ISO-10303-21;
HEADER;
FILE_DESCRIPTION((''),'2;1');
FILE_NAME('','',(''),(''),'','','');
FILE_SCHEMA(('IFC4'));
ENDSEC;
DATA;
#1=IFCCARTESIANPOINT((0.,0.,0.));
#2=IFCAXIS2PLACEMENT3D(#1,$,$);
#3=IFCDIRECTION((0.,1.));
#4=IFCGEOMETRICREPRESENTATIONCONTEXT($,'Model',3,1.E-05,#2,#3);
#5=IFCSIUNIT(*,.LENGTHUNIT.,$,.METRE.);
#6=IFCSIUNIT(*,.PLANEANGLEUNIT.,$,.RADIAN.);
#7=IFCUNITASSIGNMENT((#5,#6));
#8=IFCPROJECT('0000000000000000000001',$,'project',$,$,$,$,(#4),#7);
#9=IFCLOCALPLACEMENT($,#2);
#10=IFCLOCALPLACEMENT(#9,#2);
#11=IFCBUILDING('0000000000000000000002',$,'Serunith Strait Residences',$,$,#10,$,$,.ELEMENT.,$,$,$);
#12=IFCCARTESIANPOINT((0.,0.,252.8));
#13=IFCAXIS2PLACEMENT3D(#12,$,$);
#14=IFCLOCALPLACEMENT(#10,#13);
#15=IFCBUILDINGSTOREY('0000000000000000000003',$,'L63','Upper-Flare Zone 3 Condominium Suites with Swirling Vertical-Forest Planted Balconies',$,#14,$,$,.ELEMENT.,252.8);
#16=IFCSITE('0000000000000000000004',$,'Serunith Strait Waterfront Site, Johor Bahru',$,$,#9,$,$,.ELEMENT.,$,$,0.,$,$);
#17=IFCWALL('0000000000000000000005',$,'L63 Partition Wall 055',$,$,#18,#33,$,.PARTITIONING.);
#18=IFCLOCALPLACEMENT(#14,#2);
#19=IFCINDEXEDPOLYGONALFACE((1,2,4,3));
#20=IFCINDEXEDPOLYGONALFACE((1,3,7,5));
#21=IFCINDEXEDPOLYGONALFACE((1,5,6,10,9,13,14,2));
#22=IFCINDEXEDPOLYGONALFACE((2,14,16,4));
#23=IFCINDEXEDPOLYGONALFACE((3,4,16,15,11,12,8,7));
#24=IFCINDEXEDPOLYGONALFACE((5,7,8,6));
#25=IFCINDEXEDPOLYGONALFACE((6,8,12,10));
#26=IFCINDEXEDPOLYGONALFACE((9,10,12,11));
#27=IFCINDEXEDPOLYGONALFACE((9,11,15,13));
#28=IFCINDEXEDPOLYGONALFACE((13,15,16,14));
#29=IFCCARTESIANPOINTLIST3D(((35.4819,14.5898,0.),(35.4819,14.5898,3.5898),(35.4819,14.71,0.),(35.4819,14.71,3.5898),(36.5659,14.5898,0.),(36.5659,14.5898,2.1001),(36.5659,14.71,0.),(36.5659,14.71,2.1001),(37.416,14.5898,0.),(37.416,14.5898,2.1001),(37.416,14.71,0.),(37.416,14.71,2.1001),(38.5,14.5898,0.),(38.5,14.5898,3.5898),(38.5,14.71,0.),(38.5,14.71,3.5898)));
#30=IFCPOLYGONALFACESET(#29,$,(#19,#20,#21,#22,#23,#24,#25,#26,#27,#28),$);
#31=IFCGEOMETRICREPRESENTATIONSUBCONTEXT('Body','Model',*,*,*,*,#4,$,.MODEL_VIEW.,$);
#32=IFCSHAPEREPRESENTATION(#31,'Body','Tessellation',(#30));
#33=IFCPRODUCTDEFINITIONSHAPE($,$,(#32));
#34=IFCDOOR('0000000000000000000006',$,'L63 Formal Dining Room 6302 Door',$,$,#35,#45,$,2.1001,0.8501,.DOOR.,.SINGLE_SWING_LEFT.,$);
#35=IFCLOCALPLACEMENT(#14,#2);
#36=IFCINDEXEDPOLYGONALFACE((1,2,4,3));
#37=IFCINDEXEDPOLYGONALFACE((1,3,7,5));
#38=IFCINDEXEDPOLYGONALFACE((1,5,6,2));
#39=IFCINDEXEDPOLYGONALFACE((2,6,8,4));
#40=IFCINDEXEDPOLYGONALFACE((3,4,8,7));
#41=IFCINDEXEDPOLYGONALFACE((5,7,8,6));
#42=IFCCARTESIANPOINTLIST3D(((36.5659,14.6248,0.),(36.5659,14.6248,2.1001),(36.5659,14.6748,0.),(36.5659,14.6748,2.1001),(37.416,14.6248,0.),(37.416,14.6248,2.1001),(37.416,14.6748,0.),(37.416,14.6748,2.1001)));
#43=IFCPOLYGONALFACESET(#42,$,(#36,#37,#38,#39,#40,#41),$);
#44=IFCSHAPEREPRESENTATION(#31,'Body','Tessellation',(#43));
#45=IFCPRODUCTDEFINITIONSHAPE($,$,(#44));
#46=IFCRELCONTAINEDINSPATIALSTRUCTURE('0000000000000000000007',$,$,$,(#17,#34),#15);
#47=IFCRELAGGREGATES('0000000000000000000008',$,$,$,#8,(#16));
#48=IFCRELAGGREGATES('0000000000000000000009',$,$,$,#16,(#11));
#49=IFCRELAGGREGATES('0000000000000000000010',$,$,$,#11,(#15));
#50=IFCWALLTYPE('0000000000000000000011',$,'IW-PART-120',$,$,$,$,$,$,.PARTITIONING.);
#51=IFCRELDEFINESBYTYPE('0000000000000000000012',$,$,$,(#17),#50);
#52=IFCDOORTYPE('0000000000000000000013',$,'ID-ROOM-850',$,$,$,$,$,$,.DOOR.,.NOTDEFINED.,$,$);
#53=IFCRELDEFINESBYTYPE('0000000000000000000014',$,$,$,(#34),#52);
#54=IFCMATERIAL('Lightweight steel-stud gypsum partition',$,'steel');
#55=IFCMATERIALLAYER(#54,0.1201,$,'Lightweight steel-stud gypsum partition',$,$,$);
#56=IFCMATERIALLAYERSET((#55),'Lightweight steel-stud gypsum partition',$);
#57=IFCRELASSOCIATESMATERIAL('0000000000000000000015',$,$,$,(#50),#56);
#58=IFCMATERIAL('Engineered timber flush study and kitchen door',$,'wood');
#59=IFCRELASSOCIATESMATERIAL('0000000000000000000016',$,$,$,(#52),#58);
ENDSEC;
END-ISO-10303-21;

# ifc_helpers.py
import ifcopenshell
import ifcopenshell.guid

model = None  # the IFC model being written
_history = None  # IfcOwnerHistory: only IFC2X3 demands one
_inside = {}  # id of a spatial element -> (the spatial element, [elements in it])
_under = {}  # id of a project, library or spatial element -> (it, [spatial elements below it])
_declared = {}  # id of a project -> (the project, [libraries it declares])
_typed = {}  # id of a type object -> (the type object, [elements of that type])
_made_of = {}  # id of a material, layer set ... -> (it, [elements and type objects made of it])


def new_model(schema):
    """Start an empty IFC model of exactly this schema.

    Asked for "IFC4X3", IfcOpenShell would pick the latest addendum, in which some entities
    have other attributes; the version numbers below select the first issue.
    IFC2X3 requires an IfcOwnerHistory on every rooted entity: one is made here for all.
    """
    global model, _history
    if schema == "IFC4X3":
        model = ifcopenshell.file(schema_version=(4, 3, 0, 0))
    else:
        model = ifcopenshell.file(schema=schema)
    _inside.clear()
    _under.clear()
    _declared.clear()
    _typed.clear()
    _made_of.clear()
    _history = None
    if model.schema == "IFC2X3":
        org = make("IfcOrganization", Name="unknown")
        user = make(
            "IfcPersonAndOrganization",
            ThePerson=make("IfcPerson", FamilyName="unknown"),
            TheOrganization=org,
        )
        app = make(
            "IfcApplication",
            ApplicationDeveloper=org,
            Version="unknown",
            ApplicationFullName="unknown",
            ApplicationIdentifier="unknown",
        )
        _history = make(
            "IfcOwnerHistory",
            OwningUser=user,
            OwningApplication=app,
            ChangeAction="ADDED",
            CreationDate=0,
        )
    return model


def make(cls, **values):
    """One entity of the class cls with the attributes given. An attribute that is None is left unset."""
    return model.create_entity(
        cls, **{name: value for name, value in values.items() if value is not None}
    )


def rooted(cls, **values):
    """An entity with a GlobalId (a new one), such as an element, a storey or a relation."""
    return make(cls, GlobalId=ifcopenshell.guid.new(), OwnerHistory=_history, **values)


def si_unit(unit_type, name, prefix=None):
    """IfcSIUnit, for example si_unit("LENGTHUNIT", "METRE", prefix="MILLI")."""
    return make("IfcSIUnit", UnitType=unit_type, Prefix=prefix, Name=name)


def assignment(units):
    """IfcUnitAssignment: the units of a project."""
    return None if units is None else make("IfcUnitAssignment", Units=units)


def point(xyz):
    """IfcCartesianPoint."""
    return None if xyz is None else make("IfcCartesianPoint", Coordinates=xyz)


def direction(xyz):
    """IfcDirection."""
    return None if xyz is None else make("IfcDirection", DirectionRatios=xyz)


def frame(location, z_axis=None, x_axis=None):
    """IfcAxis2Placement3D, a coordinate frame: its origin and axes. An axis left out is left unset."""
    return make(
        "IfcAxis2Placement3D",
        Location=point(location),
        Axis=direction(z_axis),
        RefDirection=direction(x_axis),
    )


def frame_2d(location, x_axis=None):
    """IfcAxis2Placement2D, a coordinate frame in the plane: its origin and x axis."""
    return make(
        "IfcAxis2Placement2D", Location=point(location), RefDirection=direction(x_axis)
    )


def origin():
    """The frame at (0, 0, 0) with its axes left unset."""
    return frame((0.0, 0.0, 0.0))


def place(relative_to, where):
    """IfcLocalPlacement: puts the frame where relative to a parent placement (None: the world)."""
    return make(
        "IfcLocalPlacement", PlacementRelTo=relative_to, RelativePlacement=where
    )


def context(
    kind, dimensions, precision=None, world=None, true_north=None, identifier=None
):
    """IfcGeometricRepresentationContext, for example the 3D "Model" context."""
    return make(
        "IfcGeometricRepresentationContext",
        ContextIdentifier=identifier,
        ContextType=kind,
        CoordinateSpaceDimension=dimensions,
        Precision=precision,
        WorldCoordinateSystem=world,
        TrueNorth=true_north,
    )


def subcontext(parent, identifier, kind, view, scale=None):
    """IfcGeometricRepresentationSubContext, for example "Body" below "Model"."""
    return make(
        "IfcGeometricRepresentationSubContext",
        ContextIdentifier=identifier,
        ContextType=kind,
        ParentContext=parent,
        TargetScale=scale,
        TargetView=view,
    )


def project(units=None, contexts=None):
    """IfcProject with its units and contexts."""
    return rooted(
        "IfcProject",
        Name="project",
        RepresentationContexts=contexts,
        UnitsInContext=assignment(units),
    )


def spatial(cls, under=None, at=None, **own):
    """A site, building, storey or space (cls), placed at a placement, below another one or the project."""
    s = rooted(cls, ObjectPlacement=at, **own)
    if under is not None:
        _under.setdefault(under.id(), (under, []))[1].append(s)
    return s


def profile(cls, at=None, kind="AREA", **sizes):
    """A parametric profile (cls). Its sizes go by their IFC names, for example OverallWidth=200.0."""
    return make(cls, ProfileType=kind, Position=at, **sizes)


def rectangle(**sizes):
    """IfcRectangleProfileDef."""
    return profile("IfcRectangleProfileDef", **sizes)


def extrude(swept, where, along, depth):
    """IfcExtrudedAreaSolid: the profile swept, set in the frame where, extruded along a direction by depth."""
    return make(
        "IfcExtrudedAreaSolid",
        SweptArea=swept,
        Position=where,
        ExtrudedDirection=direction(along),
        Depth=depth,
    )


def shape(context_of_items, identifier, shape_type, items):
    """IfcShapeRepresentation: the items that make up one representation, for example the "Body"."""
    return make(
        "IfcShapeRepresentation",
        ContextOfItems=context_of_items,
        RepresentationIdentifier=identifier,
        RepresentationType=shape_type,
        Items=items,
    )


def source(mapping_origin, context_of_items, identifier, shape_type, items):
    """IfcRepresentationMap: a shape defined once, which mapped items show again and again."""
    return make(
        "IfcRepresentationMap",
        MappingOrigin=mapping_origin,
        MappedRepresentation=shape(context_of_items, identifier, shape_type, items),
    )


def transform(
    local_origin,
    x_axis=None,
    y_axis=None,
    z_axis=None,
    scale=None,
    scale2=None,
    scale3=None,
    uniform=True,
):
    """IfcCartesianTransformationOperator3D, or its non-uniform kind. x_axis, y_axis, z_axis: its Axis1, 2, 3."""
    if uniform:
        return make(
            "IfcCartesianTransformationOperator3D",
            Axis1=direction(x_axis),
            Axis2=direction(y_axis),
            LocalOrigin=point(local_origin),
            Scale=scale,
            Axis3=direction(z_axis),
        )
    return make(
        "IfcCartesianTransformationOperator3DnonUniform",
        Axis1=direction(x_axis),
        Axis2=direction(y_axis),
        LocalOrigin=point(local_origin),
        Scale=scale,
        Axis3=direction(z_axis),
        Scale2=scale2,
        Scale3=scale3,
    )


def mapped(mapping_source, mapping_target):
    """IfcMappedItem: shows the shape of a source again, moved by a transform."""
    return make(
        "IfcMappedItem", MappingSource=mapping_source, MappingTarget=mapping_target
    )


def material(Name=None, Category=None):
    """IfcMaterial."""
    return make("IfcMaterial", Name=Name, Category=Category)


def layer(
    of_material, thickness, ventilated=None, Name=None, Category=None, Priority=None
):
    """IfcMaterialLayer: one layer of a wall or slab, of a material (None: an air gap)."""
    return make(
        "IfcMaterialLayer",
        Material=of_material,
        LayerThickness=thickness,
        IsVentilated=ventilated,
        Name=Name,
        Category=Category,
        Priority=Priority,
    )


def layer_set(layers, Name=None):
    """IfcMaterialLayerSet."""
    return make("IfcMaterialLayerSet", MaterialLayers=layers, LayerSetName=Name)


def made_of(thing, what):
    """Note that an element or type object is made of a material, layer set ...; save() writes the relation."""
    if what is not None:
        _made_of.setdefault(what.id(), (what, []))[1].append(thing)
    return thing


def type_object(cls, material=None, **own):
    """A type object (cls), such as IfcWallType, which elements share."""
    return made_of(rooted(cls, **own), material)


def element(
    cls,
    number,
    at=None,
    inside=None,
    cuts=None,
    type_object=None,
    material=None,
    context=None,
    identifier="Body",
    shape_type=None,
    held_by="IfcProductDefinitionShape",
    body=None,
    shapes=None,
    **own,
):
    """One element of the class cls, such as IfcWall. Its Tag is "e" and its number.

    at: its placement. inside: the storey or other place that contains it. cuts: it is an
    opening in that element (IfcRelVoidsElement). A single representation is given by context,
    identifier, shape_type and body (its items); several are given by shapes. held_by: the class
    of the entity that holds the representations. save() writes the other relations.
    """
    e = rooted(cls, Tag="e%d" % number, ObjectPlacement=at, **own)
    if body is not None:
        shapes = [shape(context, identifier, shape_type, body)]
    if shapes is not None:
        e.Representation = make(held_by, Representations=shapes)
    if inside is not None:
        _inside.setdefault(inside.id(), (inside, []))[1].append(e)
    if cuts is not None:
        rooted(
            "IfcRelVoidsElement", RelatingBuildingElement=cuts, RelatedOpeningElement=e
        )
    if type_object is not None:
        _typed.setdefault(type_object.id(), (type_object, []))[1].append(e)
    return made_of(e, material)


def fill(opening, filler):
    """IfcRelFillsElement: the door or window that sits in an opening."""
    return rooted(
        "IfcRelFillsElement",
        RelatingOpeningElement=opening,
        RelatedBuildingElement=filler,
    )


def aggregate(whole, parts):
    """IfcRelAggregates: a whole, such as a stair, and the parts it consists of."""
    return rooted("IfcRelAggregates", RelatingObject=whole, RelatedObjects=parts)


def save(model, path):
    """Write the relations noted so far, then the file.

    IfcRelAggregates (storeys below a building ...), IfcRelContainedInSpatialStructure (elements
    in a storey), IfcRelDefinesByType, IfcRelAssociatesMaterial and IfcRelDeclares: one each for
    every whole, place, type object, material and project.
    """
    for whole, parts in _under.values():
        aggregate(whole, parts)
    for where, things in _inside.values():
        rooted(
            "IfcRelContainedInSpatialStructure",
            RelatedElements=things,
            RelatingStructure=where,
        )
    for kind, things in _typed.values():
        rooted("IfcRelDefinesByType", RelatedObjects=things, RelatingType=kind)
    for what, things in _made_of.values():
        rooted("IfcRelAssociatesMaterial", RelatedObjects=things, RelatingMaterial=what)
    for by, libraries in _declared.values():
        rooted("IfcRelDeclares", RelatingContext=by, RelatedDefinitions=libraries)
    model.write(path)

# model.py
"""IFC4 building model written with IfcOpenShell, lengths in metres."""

from ifc_helpers import new_model, si_unit, direction, frame, frame_2d, origin, place, context, subcontext, project, spatial, rectangle, extrude, source, transform, mapped, material, layer, layer_set, type_object, element, fill, save


model = new_model("IFC4")

# Units and contexts
model_context = context("Model", 3, precision=1e-05, world=origin(), true_north=direction((0.0, 1.0)))
body_context = subcontext(model_context, "Body", "Model", "MODEL_VIEW")
ifc_project = project(units=[si_unit("LENGTHUNIT", "METRE"), si_unit("PLANEANGLEUNIT", "RADIAN")], contexts=[model_context])

# Site, building, storey
site_placement = place(None, origin())
site = spatial("IfcSite", under=ifc_project, at=site_placement, Name="Serunith Strait Waterfront Site, Johor Bahru", CompositionType="ELEMENT", RefElevation=0.0)
building_placement = place(site_placement, origin())
building = spatial("IfcBuilding", under=site, at=building_placement, Name="Serunith Strait Residences", CompositionType="ELEMENT")
storey_placement = place(building_placement, frame((0.0, 0.0, 252.8)))
storey = spatial("IfcBuildingStorey", under=building, at=storey_placement, Name="L63", Description="Upper-Flare Zone 3 Condominium Suites with Swirling Vertical-Forest Planted Balconies", CompositionType="ELEMENT", Elevation=252.8)

# Shared definitions
ifc_material_1 = material(Name="Lightweight steel-stud gypsum partition", Category="steel")
ifc_layer_1 = layer(ifc_material_1, 0.1201, Name="Lightweight steel-stud gypsum partition")
ifc_layer_set_1 = layer_set([ifc_layer_1], Name="Lightweight steel-stud gypsum partition")
wall_type = type_object("IfcWallType", Name="IW-PART-120", PredefinedType="PARTITIONING", material=ifc_layer_set_1)
ifc_material_2 = material(Name="Engineered timber flush study and kitchen door", Category="wood")
door_type_1 = type_object("IfcDoorType", Name="ID-ROOM-850", OperationType="NOTDEFINED", PredefinedType="DOOR", material=ifc_material_2)
shared_shape_1 = source(origin(), body_context, "Body", "SweptSolid", [
    extrude(rectangle(XDim=0.8501, YDim=2.1001, at=frame_2d((0.425, 1.05))), frame((0.0, 0.0249, 0.0), z_axis=(0.0, -1.0, 0.0), x_axis=(1.0, 0.0, 0.0)), (0.0, 0.0, 1.0), 0.05),
])

# Wall, opening, door
wall_1_placement = place(storey_placement, frame((35.4819, 14.6499, 0.0), z_axis=(0.0, 0.0, 1.0), x_axis=(1.0, 0.0, 0.0)))
wall_1 = element("IfcWall", 1, at=wall_1_placement, inside=storey, type_object=wall_type, Name="L63 Partition Wall 055", PredefinedType="PARTITIONING", context=body_context, shape_type="SweptSolid", body=[
    extrude(rectangle(XDim=3.0181, YDim=0.1201, at=frame_2d((1.509, 0.0))), origin(), (0.0, 0.0, 1.0), 3.5898),
])
opening_1_placement = place(wall_1_placement, frame((1.084, 0.0, 0.0)))
opening_1 = element("IfcOpeningElement", 2, at=opening_1_placement, cuts=wall_1, PredefinedType="OPENING", context=body_context, shape_type="SweptSolid", body=[
    extrude(rectangle(XDim=0.8501, YDim=2.1001, at=frame_2d((0.425, 1.05))), frame((0.0, 0.0701, 0.0), z_axis=(0.0, -1.0, 0.0), x_axis=(1.0, 0.0, 0.0)), (0.0, 0.0, 1.0), 0.1401),
])
door_1_placement = place(opening_1_placement, origin())
door_1 = element("IfcDoor", 3, at=door_1_placement, inside=storey, type_object=door_type_1, Name="L63 Formal Dining Room 6302 Door", OperationType="SINGLE_SWING_LEFT", OverallHeight=2.1001, OverallWidth=0.8501, PredefinedType="DOOR", context=body_context, shape_type="MappedRepresentation", body=[
    mapped(shared_shape_1, transform((0.0, 0.0, 0.0), scale=1.0)),
])
fill(opening_1, door_1)

save(model, "model.ifc")
